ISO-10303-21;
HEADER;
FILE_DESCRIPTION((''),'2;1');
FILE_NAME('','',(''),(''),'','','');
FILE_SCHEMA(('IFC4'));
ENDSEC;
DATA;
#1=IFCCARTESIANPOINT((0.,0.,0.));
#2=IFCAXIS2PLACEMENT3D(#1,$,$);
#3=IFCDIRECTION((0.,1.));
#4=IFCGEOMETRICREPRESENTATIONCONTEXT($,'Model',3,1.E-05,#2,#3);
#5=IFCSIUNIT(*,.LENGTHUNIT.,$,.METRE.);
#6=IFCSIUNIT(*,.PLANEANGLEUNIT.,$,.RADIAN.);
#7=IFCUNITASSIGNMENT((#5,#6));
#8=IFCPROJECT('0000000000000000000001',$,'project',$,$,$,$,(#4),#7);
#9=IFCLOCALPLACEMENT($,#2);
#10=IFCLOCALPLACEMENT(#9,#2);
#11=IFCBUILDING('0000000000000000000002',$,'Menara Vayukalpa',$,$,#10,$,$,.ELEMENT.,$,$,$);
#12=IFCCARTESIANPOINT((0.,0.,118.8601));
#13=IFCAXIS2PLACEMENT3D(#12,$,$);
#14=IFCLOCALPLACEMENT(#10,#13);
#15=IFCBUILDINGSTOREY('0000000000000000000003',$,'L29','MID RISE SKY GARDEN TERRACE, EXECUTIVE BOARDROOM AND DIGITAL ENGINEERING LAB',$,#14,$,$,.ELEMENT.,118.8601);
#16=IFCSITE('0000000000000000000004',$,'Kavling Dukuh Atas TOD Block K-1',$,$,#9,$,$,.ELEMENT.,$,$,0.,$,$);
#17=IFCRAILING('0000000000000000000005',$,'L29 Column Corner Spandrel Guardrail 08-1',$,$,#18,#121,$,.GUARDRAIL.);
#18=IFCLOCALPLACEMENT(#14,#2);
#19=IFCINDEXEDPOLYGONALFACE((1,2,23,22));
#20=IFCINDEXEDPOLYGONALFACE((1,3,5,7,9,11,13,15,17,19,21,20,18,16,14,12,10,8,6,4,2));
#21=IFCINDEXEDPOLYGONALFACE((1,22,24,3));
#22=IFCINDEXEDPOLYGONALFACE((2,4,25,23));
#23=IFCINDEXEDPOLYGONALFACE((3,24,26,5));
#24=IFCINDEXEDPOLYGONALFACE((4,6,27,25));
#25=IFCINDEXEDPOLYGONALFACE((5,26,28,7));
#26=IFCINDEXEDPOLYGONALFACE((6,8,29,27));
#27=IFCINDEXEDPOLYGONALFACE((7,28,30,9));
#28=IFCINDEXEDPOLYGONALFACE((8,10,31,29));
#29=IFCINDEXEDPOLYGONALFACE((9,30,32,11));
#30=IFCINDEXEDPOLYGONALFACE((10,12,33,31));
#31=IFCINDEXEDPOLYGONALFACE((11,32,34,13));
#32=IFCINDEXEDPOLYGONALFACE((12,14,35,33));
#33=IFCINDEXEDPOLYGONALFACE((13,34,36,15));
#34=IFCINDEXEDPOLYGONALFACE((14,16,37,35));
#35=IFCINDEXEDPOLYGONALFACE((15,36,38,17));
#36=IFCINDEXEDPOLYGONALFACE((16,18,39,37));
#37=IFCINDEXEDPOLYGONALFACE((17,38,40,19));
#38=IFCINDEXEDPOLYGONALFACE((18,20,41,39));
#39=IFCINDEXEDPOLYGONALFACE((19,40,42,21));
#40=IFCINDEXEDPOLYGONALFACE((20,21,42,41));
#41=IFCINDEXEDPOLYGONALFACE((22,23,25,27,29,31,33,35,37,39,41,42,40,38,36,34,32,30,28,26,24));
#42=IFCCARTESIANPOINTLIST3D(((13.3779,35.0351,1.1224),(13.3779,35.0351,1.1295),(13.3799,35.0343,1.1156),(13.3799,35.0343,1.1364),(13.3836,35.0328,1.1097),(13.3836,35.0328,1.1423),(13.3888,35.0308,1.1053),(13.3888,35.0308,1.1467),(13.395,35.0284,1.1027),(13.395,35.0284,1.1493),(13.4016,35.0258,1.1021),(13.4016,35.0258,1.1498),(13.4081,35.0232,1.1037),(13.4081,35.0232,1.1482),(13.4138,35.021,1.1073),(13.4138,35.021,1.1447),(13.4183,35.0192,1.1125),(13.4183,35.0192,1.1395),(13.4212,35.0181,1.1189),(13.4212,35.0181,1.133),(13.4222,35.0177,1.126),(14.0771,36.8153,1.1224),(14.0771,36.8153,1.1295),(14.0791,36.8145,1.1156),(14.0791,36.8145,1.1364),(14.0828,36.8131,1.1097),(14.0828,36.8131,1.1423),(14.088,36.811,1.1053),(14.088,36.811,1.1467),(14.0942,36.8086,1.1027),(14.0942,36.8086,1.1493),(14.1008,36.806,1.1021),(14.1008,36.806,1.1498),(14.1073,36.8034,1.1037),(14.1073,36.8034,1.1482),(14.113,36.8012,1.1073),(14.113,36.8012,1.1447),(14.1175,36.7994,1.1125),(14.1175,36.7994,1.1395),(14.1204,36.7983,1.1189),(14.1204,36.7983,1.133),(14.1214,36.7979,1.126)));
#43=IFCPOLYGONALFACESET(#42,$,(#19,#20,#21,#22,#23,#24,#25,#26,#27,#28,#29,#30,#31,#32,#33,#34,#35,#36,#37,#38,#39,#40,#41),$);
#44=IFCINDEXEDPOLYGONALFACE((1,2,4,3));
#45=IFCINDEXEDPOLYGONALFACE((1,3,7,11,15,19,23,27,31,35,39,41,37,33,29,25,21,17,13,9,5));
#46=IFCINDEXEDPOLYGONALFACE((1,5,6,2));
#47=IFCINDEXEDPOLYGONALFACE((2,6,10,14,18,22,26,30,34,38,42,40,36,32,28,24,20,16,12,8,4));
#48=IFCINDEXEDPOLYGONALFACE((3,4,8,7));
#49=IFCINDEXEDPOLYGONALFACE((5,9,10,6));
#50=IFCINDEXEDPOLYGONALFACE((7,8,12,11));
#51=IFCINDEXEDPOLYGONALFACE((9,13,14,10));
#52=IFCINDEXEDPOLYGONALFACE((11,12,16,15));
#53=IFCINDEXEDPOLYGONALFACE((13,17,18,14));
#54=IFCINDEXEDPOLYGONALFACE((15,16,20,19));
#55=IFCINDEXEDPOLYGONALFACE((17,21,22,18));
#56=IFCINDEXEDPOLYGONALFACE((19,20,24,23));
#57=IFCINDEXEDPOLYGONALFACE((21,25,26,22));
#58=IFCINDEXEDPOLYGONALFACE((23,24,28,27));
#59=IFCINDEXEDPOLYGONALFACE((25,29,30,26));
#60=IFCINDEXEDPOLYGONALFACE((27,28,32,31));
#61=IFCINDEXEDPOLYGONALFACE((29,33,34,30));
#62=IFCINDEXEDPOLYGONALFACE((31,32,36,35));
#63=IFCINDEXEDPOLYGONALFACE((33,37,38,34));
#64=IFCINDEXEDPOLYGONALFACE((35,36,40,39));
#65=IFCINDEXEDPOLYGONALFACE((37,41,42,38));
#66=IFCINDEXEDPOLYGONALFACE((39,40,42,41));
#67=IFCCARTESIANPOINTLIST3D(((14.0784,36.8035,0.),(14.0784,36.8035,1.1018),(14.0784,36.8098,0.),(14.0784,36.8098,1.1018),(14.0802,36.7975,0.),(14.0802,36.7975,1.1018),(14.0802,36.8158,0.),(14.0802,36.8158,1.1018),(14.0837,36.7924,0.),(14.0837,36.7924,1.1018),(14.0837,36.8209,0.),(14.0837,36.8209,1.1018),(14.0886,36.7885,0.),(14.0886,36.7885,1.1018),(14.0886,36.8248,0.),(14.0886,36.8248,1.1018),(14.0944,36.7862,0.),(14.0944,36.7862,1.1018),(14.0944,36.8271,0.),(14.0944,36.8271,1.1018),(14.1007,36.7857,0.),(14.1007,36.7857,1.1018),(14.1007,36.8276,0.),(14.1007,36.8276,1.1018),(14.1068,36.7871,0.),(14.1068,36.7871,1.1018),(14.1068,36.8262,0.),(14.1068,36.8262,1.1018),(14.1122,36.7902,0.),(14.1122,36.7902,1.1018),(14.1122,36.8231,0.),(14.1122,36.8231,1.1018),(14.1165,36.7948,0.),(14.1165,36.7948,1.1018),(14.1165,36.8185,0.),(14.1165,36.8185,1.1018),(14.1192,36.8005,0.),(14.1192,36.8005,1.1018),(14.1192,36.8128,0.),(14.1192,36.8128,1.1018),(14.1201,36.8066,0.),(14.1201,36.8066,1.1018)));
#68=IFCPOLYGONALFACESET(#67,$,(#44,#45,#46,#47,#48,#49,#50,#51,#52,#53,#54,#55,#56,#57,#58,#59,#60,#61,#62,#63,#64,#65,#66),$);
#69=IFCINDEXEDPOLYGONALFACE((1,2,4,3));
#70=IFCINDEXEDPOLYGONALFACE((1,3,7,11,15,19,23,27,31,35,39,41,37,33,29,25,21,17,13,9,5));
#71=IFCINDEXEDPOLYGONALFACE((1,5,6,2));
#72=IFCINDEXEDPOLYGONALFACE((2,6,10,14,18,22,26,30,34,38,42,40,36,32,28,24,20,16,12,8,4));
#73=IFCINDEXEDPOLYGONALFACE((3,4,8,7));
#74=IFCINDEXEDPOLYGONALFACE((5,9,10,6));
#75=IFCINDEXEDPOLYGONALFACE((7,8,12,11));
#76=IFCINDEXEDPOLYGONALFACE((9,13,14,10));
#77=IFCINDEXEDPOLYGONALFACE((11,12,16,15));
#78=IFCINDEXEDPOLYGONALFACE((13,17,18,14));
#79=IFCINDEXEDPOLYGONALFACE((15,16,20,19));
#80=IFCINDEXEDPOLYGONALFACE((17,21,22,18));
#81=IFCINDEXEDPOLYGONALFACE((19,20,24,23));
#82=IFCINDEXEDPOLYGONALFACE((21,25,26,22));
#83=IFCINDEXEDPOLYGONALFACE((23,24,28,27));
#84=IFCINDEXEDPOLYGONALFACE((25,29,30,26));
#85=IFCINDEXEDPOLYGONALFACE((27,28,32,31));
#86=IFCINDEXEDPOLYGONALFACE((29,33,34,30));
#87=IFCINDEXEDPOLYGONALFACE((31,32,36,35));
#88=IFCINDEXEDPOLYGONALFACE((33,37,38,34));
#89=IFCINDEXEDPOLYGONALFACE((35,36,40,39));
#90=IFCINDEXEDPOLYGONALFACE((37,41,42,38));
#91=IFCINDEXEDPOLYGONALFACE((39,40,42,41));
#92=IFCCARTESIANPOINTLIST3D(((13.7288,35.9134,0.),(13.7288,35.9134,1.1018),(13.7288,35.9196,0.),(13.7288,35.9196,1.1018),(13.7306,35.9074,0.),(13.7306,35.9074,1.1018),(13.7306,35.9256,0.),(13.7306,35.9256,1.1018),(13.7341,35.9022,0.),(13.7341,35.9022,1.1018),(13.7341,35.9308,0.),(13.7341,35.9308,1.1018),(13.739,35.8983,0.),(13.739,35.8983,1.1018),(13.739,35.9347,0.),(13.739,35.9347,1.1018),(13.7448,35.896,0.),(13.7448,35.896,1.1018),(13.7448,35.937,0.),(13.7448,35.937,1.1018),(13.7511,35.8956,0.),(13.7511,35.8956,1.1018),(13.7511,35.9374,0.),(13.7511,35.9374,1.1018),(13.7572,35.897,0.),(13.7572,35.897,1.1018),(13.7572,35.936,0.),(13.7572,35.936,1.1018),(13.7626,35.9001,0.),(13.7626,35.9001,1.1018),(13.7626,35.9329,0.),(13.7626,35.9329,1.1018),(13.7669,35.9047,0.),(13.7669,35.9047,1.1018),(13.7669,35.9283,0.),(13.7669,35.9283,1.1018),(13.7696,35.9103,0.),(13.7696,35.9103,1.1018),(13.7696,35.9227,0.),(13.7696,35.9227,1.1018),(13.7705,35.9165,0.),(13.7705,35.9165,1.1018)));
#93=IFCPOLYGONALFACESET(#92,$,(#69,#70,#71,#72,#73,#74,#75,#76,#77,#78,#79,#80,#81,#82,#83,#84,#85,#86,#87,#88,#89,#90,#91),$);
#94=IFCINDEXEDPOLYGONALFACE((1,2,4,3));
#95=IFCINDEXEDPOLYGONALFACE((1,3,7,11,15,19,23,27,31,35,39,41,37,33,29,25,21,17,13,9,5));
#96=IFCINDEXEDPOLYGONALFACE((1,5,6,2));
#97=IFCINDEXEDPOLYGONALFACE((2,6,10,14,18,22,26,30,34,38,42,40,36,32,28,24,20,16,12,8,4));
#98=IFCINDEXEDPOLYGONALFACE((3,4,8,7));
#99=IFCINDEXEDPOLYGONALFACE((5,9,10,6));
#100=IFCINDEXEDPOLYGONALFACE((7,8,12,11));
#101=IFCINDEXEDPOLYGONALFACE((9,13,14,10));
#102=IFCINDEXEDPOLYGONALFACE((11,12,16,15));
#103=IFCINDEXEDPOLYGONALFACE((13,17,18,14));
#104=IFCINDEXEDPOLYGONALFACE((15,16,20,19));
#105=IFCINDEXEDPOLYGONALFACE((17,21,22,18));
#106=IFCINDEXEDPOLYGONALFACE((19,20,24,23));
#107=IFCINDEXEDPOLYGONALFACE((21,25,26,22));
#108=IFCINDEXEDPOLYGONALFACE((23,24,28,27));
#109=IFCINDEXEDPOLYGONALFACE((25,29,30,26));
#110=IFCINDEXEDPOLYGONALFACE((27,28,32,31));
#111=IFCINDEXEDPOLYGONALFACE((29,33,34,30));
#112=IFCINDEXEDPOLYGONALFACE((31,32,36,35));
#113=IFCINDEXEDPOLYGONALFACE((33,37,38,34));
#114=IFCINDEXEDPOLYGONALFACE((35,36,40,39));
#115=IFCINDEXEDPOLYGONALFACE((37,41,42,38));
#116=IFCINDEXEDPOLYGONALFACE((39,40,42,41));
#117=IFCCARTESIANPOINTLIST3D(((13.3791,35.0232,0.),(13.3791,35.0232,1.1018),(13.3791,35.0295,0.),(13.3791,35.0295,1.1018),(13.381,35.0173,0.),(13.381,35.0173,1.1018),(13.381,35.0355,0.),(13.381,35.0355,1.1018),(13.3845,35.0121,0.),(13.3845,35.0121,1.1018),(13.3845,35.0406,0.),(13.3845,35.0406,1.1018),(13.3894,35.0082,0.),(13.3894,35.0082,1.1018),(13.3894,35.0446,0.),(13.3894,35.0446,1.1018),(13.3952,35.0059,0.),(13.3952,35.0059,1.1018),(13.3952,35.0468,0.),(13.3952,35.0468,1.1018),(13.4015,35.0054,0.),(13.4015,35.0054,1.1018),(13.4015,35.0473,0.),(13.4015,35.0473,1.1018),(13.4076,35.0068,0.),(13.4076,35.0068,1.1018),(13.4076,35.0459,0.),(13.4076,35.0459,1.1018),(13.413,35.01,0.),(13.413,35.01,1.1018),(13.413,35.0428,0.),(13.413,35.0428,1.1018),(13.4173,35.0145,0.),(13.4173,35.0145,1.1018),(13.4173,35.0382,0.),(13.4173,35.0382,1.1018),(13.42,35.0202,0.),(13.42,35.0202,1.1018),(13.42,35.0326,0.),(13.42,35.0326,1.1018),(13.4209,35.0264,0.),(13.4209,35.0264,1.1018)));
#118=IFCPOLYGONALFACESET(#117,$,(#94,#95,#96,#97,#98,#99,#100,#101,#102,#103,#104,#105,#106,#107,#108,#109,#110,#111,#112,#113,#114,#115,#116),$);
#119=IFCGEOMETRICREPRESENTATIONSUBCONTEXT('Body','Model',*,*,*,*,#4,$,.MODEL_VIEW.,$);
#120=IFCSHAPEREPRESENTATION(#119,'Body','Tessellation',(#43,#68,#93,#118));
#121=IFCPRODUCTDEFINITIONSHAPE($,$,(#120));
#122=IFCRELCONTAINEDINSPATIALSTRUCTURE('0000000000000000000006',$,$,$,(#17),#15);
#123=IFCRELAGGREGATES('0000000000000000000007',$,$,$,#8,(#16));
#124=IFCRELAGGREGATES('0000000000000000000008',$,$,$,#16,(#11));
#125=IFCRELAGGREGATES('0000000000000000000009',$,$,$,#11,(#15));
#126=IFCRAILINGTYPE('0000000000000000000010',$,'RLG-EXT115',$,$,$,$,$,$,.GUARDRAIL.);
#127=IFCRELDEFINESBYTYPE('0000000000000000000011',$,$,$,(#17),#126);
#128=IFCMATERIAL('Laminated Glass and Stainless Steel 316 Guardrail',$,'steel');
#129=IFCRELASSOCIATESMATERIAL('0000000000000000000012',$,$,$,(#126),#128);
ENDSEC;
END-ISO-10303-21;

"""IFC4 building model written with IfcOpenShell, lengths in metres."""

from ifc_helpers import new_model, si_unit, direction, frame, origin, origin_2d, place, context, subcontext, project, spatial, circle, extrude, material, type_object, element, save


model = new_model("IFC4")

# Units and contexts
model_context = context("Model", 3, precision=1e-05, world=origin(), true_north=direction((0.0, 1.0)))
body_context = subcontext(model_context, "Body", "Model", "MODEL_VIEW")
ifc_project = project(units=[si_unit("LENGTHUNIT", "METRE"), si_unit("PLANEANGLEUNIT", "RADIAN")], contexts=[model_context])

# Site, building, storey
site_placement = place(None, origin())
site = spatial("IfcSite", under=ifc_project, at=site_placement, Name="Kavling Dukuh Atas TOD Block K-1", CompositionType="ELEMENT", RefElevation=0.0)
building_placement = place(site_placement, origin())
building = spatial("IfcBuilding", under=site, at=building_placement, Name="Menara Vayukalpa", CompositionType="ELEMENT")
storey_placement = place(building_placement, frame((0.0, 0.0, 118.8601)))
storey = spatial("IfcBuildingStorey", under=building, at=storey_placement, Name="L29", Description="MID RISE SKY GARDEN TERRACE, EXECUTIVE BOARDROOM AND DIGITAL ENGINEERING LAB", CompositionType="ELEMENT", Elevation=118.8601)

# Railing
ifc_material_1 = material(Name="Laminated Glass and Stainless Steel 316 Guardrail", Category="steel")
railing_type = type_object("IfcRailingType", Name="RLG-EXT115", PredefinedType="GUARDRAIL", material=ifc_material_1)
railing_1_placement = place(storey_placement, frame((14.0991, 36.8066, 0.0)))
element("IfcRailing", 1, at=railing_1_placement, inside=storey, type_object=railing_type, Name="L29 Column Corner Spandrel Guardrail 08-1", PredefinedType="GUARDRAIL", context=body_context, shape_type="SweptSolid", body=[
    extrude(circle(Radius=0.0239, at=origin_2d()), frame((0.0, 0.0, 1.126), z_axis=(-0.365573, -0.930783, 0.0), x_axis=(0.930783, -0.365573, 0.0)), (0.0, 0.0, 1.0), 1.9126),
    extrude(circle(Radius=0.021, at=origin_2d()), origin(), (0.0, 0.0, 1.0), 1.1018),
    extrude(circle(Radius=0.021, at=origin_2d()), frame((-0.3496, -0.8901, 0.0)), (0.0, 0.0, 1.0), 1.1018),
    extrude(circle(Radius=0.021, at=origin_2d()), frame((-0.6992, -1.7803, 0.0)), (0.0, 0.0, 1.0), 1.1018),
])

save(model, "model.ifc")
